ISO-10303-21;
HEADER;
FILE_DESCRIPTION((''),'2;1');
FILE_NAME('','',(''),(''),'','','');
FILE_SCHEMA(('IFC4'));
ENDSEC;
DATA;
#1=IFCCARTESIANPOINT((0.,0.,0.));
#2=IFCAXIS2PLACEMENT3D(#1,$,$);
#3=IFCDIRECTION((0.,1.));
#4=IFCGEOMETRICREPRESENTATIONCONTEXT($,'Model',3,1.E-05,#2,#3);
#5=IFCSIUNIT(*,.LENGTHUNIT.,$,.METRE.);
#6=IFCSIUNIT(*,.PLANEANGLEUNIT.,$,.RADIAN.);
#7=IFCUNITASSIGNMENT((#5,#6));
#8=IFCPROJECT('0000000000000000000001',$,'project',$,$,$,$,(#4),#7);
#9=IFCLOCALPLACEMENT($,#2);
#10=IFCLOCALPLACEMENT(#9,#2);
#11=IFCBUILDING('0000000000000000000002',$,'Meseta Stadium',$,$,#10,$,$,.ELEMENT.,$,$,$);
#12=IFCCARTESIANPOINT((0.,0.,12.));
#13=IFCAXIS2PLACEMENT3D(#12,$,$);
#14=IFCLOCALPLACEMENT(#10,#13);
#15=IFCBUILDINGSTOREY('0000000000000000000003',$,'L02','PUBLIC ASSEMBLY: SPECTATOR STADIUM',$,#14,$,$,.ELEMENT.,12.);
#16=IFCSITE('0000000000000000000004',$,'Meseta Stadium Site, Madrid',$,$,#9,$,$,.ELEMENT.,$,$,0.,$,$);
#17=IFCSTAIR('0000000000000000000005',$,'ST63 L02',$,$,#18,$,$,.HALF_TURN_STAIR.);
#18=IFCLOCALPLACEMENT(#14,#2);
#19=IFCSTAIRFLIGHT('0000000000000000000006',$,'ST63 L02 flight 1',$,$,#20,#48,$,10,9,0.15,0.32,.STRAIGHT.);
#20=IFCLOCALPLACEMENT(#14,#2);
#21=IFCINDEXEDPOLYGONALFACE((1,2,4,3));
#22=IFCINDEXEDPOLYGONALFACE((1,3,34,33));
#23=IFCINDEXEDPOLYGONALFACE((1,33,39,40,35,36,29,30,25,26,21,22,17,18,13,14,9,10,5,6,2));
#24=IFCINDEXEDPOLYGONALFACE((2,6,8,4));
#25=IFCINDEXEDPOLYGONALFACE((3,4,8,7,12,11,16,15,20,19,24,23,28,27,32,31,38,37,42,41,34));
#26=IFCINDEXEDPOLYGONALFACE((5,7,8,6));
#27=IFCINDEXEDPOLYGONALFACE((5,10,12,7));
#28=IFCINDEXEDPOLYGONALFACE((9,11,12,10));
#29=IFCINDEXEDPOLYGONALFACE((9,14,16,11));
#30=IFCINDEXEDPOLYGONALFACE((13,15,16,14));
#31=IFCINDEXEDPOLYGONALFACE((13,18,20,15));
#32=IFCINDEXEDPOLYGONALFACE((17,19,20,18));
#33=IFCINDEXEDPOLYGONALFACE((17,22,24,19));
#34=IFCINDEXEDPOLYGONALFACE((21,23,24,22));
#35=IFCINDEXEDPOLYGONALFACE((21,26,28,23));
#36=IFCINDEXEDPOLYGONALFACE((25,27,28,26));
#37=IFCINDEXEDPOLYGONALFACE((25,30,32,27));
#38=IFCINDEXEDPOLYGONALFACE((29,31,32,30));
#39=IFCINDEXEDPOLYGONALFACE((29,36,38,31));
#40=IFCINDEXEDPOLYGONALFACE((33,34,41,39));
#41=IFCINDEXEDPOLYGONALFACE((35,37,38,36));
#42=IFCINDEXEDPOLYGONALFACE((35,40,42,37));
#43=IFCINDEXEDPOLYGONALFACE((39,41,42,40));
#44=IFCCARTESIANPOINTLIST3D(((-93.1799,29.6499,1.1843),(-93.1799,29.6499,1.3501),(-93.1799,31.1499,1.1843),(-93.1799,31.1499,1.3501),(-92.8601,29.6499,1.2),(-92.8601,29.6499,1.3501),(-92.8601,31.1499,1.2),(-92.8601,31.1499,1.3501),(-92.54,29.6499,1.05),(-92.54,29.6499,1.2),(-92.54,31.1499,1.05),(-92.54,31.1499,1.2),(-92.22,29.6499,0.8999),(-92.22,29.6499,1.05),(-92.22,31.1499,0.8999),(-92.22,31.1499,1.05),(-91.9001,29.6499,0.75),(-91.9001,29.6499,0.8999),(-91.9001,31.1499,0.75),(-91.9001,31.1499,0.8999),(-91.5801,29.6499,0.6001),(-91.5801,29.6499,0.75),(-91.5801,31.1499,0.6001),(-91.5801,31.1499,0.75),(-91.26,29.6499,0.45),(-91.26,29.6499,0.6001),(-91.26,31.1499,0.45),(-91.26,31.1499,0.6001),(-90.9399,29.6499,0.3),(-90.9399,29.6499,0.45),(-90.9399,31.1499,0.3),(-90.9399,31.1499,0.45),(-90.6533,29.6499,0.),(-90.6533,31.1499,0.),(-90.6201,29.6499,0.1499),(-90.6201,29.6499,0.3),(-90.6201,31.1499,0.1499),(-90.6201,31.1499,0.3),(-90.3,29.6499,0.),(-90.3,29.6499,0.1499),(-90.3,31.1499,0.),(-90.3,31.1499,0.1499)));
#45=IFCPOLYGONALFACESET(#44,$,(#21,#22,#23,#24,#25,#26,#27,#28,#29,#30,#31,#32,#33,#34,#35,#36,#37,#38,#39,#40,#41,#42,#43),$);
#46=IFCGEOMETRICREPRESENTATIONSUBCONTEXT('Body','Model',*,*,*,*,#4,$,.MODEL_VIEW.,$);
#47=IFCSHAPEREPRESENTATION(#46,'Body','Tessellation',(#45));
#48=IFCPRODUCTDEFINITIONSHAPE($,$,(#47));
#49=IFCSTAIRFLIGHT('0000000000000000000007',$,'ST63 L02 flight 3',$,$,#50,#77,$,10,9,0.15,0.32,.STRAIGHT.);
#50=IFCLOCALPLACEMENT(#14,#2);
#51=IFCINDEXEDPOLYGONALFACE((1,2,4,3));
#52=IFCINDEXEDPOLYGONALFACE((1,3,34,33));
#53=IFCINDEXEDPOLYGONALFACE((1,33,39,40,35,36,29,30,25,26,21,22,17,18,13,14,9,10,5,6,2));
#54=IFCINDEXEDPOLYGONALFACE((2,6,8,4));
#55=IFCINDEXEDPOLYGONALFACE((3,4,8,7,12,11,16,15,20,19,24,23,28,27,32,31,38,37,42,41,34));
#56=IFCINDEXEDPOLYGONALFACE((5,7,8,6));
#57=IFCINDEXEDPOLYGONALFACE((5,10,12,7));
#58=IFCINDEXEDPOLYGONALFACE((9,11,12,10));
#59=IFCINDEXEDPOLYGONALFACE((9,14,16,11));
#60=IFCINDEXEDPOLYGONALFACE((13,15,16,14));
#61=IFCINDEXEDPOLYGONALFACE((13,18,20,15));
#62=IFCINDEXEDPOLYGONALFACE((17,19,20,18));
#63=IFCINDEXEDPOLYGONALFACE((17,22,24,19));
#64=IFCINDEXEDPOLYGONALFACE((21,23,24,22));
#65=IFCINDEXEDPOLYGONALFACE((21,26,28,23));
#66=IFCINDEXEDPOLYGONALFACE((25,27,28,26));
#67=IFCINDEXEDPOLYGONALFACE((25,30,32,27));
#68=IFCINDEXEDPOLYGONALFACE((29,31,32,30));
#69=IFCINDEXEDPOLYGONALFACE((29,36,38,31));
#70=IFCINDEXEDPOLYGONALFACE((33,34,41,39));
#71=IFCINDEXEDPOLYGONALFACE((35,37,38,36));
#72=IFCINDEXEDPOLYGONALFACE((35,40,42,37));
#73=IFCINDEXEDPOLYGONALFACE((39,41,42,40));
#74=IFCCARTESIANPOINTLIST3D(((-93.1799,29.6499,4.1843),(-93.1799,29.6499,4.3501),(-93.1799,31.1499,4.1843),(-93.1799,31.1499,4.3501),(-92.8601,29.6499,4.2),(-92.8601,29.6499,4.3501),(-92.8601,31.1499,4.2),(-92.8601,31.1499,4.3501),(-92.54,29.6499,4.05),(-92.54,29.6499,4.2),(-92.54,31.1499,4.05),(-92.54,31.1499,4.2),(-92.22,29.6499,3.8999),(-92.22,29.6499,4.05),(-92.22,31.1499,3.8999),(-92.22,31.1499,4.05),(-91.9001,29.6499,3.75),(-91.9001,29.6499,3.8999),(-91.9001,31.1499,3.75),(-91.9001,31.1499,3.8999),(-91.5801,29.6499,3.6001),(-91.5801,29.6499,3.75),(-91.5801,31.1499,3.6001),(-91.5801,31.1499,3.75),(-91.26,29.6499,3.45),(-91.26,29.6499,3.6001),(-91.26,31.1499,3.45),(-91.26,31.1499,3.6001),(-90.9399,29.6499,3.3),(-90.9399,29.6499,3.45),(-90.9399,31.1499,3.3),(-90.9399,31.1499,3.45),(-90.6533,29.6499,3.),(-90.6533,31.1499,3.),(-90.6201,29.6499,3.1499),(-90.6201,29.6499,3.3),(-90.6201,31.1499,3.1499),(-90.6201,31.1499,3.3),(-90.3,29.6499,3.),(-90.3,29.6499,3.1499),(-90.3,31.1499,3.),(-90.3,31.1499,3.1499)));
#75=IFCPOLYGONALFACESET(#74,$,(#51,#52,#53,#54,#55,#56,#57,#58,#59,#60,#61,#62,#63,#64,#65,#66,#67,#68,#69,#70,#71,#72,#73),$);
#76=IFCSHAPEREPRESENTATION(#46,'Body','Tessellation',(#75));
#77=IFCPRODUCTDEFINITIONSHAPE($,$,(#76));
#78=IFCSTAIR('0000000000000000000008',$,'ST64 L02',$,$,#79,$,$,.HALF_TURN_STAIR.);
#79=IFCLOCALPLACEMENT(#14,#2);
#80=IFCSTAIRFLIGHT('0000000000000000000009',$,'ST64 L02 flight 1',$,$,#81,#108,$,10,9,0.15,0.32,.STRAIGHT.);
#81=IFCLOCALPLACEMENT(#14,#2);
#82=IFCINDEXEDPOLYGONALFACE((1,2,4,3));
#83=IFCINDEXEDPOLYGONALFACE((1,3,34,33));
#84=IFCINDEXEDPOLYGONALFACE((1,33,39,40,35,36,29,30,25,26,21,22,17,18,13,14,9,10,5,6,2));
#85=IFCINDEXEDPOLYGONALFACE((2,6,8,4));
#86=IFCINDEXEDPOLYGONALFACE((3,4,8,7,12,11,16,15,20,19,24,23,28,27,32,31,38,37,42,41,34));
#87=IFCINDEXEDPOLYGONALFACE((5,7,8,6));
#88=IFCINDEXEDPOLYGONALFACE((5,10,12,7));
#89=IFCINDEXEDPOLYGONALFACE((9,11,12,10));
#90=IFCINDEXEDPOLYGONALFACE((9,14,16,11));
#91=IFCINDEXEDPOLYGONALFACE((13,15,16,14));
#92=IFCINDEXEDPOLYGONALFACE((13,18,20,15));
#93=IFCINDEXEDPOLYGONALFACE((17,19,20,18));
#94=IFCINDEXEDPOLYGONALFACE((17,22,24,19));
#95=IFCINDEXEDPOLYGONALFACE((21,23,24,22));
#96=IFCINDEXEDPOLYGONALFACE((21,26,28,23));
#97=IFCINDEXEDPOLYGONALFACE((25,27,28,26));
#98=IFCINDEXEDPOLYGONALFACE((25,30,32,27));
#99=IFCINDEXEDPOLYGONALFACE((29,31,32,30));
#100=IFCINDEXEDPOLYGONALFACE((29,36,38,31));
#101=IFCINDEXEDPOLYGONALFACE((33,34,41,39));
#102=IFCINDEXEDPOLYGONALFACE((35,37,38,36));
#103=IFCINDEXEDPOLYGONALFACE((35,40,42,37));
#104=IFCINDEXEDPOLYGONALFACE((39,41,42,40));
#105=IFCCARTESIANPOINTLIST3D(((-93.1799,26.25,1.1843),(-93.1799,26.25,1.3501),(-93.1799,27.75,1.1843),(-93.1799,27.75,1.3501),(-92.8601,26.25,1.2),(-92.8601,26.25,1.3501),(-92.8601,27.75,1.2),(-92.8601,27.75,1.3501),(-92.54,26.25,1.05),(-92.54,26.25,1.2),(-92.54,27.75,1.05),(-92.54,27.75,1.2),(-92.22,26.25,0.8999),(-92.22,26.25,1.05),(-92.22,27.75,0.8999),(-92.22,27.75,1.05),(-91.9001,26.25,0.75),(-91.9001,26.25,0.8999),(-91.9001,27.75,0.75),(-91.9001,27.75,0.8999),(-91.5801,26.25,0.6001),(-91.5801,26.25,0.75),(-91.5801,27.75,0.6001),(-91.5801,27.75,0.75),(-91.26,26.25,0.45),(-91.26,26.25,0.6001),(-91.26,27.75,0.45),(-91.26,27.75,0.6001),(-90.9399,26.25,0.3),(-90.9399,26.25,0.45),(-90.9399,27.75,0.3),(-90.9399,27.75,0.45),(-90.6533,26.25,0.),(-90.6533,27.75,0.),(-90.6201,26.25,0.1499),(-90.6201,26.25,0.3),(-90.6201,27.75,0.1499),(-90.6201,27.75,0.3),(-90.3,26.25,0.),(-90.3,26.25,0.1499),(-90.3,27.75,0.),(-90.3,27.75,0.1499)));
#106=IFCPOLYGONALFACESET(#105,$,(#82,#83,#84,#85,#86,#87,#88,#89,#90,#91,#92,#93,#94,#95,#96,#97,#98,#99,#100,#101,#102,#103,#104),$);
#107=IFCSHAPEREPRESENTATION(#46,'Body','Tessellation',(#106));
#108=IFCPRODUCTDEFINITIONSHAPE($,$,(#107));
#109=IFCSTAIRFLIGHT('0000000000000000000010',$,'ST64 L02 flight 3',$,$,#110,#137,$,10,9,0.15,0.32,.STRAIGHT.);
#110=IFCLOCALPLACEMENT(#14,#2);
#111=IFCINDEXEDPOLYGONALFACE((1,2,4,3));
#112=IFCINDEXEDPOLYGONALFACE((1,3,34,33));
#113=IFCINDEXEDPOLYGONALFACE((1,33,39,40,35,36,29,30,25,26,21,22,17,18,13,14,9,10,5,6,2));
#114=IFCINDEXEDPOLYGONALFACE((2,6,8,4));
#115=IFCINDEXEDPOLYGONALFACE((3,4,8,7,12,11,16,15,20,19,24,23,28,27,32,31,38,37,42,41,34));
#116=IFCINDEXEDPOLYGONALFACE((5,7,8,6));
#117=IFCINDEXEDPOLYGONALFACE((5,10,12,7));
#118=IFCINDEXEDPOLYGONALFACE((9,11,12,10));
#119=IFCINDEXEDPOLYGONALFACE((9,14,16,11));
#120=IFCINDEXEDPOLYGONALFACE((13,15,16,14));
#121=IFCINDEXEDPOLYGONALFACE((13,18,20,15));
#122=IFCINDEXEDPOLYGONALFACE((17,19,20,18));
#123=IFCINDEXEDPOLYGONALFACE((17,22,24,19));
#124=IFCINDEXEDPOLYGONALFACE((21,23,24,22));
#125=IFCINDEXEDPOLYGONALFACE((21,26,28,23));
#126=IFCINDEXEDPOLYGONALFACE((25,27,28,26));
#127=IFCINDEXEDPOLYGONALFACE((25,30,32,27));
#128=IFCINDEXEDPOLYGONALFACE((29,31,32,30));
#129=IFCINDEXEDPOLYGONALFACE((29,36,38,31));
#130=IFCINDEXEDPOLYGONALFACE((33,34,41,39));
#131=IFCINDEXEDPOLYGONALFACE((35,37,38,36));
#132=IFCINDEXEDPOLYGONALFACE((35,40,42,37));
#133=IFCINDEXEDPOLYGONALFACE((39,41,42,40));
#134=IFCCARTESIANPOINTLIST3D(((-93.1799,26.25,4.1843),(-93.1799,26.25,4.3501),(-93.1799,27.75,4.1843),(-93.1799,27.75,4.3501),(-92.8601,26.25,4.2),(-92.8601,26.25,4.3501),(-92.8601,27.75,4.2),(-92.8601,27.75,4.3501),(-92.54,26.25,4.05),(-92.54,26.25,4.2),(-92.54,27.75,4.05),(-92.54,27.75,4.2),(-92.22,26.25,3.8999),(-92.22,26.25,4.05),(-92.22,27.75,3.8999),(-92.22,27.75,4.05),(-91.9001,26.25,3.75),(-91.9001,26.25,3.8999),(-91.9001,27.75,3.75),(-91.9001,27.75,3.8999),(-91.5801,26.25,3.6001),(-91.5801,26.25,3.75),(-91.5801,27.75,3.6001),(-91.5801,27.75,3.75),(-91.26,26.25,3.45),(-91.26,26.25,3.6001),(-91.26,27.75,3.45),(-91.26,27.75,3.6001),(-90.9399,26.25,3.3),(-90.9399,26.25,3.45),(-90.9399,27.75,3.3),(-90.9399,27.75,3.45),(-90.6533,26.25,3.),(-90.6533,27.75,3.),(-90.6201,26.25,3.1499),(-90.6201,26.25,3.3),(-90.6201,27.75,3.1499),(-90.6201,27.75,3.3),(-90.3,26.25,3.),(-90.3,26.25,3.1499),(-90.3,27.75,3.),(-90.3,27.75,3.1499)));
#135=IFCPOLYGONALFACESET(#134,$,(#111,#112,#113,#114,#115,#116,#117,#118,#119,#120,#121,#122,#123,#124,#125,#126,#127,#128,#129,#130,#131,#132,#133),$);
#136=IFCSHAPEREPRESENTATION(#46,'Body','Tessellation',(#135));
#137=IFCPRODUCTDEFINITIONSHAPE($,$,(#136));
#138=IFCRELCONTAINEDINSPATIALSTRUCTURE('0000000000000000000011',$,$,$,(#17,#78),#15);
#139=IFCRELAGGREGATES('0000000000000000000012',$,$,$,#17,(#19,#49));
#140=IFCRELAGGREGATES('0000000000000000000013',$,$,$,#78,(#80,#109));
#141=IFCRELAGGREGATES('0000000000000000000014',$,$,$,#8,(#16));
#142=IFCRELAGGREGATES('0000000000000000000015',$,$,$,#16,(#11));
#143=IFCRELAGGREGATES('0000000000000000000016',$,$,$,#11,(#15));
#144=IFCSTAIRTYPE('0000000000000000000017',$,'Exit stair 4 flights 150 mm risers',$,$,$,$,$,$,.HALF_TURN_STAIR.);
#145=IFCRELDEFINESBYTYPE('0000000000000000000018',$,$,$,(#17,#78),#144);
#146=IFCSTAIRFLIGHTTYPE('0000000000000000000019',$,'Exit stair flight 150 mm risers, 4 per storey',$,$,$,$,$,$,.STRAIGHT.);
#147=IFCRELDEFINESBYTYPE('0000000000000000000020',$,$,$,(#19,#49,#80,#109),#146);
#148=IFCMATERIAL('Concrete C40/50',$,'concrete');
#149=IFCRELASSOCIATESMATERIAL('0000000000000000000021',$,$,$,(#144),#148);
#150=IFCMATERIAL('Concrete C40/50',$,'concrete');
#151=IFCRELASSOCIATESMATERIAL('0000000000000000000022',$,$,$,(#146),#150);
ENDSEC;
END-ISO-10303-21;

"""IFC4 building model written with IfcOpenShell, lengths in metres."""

from ifc_helpers import new_model, si_unit, direction, frame, origin, place, context, subcontext, project, spatial, polyline, outline, extrude, material, type_object, element, aggregate, save


model = new_model("IFC4")

# Units and contexts
model_context = context("Model", 3, precision=1e-05, world=origin(), true_north=direction((0.0, 1.0)))
body_context = subcontext(model_context, "Body", "Model", "MODEL_VIEW")
ifc_project = project(units=[si_unit("LENGTHUNIT", "METRE"), si_unit("PLANEANGLEUNIT", "RADIAN")], contexts=[model_context])

# Site, building, storey
site_placement = place(None, origin())
site = spatial("IfcSite", under=ifc_project, at=site_placement, Name="Meseta Stadium Site, Madrid", CompositionType="ELEMENT", RefElevation=0.0)
building_placement = place(site_placement, origin())
building = spatial("IfcBuilding", under=site, at=building_placement, Name="Meseta Stadium", CompositionType="ELEMENT")
storey_placement = place(building_placement, frame((0.0, 0.0, 12.0)))
storey = spatial("IfcBuildingStorey", under=building, at=storey_placement, Name="L02", Description="PUBLIC ASSEMBLY: SPECTATOR STADIUM", CompositionType="ELEMENT", Elevation=12.0)

# Stairs, stair flights
ifc_material_1 = material(Name="Concrete C40/50", Category="concrete")
stair_type = type_object("IfcStairType", Name="Exit stair 4 flights 150 mm risers", PredefinedType="HALF_TURN_STAIR", material=ifc_material_1)
stair_1_placement = place(storey_placement, origin())
stair_1 = element("IfcStair", 1, at=stair_1_placement, inside=storey, type_object=stair_type, Name="ST63 L02", PredefinedType="HALF_TURN_STAIR")
ifc_material_2 = material(Name="Concrete C40/50", Category="concrete")
stair_flight_type = type_object("IfcStairFlightType", Name="Exit stair flight 150 mm risers, 4 per storey", PredefinedType="STRAIGHT", material=ifc_material_2)
stair_flight_1_placement = place(storey_placement, frame((-90.3, 30.3999, 0.0), z_axis=(0.0, 0.0, 1.0), x_axis=(-1.0, 0.0, 0.0)))
stair_flight_1 = element("IfcStairFlight", 2, at=stair_flight_1_placement, type_object=stair_flight_type, Name="ST63 L02 flight 1", NumberOfRisers=10, NumberOfTreads=9, PredefinedType="STRAIGHT", RiserHeight=0.15, TreadLength=0.32, context=body_context, shape_type="SweptSolid", body=[
    extrude(outline(polyline([(0.0, 0.0), (0.0, 0.1499), (0.3201, 0.1499), (0.3201, 0.3), (0.6399, 0.3), (0.6399, 0.45), (0.96, 0.45), (0.96, 0.6001), (1.28, 0.6001), (1.28, 0.75), (1.6001, 0.75), (1.6001, 0.8999), (1.9199, 0.8999), (1.9199, 1.05), (2.24, 1.05), (2.24, 1.2), (2.5601, 1.2), (2.5601, 1.3501), (2.8799, 1.3501), (2.8799, 1.1843), (0.3533, 0.0), (0.0, 0.0)])), frame((0.0, 0.75, 0.0), z_axis=(0.0, -1.0, 0.0), x_axis=(1.0, 0.0, 0.0)), (0.0, 0.0, 1.0), 1.5),
])
stair_flight_2_placement = place(storey_placement, frame((-90.3, 30.3999, 3.0), z_axis=(0.0, 0.0, 1.0), x_axis=(-1.0, 0.0, 0.0)))
stair_flight_2 = element("IfcStairFlight", 3, at=stair_flight_2_placement, type_object=stair_flight_type, Name="ST63 L02 flight 3", NumberOfRisers=10, NumberOfTreads=9, PredefinedType="STRAIGHT", RiserHeight=0.15, TreadLength=0.32, context=body_context, shape_type="SweptSolid", body=[
    extrude(outline(polyline([(0.0, 0.0), (0.0, 0.1499), (0.3201, 0.1499), (0.3201, 0.3), (0.6399, 0.3), (0.6399, 0.45), (0.96, 0.45), (0.96, 0.6001), (1.28, 0.6001), (1.28, 0.75), (1.6001, 0.75), (1.6001, 0.8999), (1.9199, 0.8999), (1.9199, 1.05), (2.24, 1.05), (2.24, 1.2), (2.5601, 1.2), (2.5601, 1.3501), (2.8799, 1.3501), (2.8799, 1.1843), (0.3533, 0.0), (0.0, 0.0)])), frame((0.0, 0.75, 0.0), z_axis=(0.0, -1.0, 0.0), x_axis=(1.0, 0.0, 0.0)), (0.0, 0.0, 1.0), 1.5),
])
aggregate(stair_1, [stair_flight_1, stair_flight_2])
stair_2_placement = place(storey_placement, origin())
stair_2 = element("IfcStair", 4, at=stair_2_placement, inside=storey, type_object=stair_type, Name="ST64 L02", PredefinedType="HALF_TURN_STAIR")
stair_flight_3_placement = place(storey_placement, frame((-90.3, 27.0, 0.0), z_axis=(0.0, 0.0, 1.0), x_axis=(-1.0, 0.0, 0.0)))
stair_flight_3 = element("IfcStairFlight", 5, at=stair_flight_3_placement, type_object=stair_flight_type, Name="ST64 L02 flight 1", NumberOfRisers=10, NumberOfTreads=9, PredefinedType="STRAIGHT", RiserHeight=0.15, TreadLength=0.32, context=body_context, shape_type="SweptSolid", body=[
    extrude(outline(polyline([(0.0, 0.0), (0.0, 0.1499), (0.3201, 0.1499), (0.3201, 0.3), (0.6399, 0.3), (0.6399, 0.45), (0.96, 0.45), (0.96, 0.6001), (1.28, 0.6001), (1.28, 0.75), (1.6001, 0.75), (1.6001, 0.8999), (1.9199, 0.8999), (1.9199, 1.05), (2.24, 1.05), (2.24, 1.2), (2.5601, 1.2), (2.5601, 1.3501), (2.8799, 1.3501), (2.8799, 1.1843), (0.3533, 0.0), (0.0, 0.0)])), frame((0.0, 0.75, 0.0), z_axis=(0.0, -1.0, 0.0), x_axis=(1.0, 0.0, 0.0)), (0.0, 0.0, 1.0), 1.5),
])
stair_flight_4_placement = place(storey_placement, frame((-90.3, 27.0, 3.0), z_axis=(0.0, 0.0, 1.0), x_axis=(-1.0, 0.0, 0.0)))
stair_flight_4 = element("IfcStairFlight", 6, at=stair_flight_4_placement, type_object=stair_flight_type, Name="ST64 L02 flight 3", NumberOfRisers=10, NumberOfTreads=9, PredefinedType="STRAIGHT", RiserHeight=0.15, TreadLength=0.32, context=body_context, shape_type="SweptSolid", body=[
    extrude(outline(polyline([(0.0, 0.0), (0.0, 0.1499), (0.3201, 0.1499), (0.3201, 0.3), (0.6399, 0.3), (0.6399, 0.45), (0.96, 0.45), (0.96, 0.6001), (1.28, 0.6001), (1.28, 0.75), (1.6001, 0.75), (1.6001, 0.8999), (1.9199, 0.8999), (1.9199, 1.05), (2.24, 1.05), (2.24, 1.2), (2.5601, 1.2), (2.5601, 1.3501), (2.8799, 1.3501), (2.8799, 1.1843), (0.3533, 0.0), (0.0, 0.0)])), frame((0.0, 0.75, 0.0), z_axis=(0.0, -1.0, 0.0), x_axis=(1.0, 0.0, 0.0)), (0.0, 0.0, 1.0), 1.5),
])
aggregate(stair_2, [stair_flight_3, stair_flight_4])

save(model, "model.ifc")
